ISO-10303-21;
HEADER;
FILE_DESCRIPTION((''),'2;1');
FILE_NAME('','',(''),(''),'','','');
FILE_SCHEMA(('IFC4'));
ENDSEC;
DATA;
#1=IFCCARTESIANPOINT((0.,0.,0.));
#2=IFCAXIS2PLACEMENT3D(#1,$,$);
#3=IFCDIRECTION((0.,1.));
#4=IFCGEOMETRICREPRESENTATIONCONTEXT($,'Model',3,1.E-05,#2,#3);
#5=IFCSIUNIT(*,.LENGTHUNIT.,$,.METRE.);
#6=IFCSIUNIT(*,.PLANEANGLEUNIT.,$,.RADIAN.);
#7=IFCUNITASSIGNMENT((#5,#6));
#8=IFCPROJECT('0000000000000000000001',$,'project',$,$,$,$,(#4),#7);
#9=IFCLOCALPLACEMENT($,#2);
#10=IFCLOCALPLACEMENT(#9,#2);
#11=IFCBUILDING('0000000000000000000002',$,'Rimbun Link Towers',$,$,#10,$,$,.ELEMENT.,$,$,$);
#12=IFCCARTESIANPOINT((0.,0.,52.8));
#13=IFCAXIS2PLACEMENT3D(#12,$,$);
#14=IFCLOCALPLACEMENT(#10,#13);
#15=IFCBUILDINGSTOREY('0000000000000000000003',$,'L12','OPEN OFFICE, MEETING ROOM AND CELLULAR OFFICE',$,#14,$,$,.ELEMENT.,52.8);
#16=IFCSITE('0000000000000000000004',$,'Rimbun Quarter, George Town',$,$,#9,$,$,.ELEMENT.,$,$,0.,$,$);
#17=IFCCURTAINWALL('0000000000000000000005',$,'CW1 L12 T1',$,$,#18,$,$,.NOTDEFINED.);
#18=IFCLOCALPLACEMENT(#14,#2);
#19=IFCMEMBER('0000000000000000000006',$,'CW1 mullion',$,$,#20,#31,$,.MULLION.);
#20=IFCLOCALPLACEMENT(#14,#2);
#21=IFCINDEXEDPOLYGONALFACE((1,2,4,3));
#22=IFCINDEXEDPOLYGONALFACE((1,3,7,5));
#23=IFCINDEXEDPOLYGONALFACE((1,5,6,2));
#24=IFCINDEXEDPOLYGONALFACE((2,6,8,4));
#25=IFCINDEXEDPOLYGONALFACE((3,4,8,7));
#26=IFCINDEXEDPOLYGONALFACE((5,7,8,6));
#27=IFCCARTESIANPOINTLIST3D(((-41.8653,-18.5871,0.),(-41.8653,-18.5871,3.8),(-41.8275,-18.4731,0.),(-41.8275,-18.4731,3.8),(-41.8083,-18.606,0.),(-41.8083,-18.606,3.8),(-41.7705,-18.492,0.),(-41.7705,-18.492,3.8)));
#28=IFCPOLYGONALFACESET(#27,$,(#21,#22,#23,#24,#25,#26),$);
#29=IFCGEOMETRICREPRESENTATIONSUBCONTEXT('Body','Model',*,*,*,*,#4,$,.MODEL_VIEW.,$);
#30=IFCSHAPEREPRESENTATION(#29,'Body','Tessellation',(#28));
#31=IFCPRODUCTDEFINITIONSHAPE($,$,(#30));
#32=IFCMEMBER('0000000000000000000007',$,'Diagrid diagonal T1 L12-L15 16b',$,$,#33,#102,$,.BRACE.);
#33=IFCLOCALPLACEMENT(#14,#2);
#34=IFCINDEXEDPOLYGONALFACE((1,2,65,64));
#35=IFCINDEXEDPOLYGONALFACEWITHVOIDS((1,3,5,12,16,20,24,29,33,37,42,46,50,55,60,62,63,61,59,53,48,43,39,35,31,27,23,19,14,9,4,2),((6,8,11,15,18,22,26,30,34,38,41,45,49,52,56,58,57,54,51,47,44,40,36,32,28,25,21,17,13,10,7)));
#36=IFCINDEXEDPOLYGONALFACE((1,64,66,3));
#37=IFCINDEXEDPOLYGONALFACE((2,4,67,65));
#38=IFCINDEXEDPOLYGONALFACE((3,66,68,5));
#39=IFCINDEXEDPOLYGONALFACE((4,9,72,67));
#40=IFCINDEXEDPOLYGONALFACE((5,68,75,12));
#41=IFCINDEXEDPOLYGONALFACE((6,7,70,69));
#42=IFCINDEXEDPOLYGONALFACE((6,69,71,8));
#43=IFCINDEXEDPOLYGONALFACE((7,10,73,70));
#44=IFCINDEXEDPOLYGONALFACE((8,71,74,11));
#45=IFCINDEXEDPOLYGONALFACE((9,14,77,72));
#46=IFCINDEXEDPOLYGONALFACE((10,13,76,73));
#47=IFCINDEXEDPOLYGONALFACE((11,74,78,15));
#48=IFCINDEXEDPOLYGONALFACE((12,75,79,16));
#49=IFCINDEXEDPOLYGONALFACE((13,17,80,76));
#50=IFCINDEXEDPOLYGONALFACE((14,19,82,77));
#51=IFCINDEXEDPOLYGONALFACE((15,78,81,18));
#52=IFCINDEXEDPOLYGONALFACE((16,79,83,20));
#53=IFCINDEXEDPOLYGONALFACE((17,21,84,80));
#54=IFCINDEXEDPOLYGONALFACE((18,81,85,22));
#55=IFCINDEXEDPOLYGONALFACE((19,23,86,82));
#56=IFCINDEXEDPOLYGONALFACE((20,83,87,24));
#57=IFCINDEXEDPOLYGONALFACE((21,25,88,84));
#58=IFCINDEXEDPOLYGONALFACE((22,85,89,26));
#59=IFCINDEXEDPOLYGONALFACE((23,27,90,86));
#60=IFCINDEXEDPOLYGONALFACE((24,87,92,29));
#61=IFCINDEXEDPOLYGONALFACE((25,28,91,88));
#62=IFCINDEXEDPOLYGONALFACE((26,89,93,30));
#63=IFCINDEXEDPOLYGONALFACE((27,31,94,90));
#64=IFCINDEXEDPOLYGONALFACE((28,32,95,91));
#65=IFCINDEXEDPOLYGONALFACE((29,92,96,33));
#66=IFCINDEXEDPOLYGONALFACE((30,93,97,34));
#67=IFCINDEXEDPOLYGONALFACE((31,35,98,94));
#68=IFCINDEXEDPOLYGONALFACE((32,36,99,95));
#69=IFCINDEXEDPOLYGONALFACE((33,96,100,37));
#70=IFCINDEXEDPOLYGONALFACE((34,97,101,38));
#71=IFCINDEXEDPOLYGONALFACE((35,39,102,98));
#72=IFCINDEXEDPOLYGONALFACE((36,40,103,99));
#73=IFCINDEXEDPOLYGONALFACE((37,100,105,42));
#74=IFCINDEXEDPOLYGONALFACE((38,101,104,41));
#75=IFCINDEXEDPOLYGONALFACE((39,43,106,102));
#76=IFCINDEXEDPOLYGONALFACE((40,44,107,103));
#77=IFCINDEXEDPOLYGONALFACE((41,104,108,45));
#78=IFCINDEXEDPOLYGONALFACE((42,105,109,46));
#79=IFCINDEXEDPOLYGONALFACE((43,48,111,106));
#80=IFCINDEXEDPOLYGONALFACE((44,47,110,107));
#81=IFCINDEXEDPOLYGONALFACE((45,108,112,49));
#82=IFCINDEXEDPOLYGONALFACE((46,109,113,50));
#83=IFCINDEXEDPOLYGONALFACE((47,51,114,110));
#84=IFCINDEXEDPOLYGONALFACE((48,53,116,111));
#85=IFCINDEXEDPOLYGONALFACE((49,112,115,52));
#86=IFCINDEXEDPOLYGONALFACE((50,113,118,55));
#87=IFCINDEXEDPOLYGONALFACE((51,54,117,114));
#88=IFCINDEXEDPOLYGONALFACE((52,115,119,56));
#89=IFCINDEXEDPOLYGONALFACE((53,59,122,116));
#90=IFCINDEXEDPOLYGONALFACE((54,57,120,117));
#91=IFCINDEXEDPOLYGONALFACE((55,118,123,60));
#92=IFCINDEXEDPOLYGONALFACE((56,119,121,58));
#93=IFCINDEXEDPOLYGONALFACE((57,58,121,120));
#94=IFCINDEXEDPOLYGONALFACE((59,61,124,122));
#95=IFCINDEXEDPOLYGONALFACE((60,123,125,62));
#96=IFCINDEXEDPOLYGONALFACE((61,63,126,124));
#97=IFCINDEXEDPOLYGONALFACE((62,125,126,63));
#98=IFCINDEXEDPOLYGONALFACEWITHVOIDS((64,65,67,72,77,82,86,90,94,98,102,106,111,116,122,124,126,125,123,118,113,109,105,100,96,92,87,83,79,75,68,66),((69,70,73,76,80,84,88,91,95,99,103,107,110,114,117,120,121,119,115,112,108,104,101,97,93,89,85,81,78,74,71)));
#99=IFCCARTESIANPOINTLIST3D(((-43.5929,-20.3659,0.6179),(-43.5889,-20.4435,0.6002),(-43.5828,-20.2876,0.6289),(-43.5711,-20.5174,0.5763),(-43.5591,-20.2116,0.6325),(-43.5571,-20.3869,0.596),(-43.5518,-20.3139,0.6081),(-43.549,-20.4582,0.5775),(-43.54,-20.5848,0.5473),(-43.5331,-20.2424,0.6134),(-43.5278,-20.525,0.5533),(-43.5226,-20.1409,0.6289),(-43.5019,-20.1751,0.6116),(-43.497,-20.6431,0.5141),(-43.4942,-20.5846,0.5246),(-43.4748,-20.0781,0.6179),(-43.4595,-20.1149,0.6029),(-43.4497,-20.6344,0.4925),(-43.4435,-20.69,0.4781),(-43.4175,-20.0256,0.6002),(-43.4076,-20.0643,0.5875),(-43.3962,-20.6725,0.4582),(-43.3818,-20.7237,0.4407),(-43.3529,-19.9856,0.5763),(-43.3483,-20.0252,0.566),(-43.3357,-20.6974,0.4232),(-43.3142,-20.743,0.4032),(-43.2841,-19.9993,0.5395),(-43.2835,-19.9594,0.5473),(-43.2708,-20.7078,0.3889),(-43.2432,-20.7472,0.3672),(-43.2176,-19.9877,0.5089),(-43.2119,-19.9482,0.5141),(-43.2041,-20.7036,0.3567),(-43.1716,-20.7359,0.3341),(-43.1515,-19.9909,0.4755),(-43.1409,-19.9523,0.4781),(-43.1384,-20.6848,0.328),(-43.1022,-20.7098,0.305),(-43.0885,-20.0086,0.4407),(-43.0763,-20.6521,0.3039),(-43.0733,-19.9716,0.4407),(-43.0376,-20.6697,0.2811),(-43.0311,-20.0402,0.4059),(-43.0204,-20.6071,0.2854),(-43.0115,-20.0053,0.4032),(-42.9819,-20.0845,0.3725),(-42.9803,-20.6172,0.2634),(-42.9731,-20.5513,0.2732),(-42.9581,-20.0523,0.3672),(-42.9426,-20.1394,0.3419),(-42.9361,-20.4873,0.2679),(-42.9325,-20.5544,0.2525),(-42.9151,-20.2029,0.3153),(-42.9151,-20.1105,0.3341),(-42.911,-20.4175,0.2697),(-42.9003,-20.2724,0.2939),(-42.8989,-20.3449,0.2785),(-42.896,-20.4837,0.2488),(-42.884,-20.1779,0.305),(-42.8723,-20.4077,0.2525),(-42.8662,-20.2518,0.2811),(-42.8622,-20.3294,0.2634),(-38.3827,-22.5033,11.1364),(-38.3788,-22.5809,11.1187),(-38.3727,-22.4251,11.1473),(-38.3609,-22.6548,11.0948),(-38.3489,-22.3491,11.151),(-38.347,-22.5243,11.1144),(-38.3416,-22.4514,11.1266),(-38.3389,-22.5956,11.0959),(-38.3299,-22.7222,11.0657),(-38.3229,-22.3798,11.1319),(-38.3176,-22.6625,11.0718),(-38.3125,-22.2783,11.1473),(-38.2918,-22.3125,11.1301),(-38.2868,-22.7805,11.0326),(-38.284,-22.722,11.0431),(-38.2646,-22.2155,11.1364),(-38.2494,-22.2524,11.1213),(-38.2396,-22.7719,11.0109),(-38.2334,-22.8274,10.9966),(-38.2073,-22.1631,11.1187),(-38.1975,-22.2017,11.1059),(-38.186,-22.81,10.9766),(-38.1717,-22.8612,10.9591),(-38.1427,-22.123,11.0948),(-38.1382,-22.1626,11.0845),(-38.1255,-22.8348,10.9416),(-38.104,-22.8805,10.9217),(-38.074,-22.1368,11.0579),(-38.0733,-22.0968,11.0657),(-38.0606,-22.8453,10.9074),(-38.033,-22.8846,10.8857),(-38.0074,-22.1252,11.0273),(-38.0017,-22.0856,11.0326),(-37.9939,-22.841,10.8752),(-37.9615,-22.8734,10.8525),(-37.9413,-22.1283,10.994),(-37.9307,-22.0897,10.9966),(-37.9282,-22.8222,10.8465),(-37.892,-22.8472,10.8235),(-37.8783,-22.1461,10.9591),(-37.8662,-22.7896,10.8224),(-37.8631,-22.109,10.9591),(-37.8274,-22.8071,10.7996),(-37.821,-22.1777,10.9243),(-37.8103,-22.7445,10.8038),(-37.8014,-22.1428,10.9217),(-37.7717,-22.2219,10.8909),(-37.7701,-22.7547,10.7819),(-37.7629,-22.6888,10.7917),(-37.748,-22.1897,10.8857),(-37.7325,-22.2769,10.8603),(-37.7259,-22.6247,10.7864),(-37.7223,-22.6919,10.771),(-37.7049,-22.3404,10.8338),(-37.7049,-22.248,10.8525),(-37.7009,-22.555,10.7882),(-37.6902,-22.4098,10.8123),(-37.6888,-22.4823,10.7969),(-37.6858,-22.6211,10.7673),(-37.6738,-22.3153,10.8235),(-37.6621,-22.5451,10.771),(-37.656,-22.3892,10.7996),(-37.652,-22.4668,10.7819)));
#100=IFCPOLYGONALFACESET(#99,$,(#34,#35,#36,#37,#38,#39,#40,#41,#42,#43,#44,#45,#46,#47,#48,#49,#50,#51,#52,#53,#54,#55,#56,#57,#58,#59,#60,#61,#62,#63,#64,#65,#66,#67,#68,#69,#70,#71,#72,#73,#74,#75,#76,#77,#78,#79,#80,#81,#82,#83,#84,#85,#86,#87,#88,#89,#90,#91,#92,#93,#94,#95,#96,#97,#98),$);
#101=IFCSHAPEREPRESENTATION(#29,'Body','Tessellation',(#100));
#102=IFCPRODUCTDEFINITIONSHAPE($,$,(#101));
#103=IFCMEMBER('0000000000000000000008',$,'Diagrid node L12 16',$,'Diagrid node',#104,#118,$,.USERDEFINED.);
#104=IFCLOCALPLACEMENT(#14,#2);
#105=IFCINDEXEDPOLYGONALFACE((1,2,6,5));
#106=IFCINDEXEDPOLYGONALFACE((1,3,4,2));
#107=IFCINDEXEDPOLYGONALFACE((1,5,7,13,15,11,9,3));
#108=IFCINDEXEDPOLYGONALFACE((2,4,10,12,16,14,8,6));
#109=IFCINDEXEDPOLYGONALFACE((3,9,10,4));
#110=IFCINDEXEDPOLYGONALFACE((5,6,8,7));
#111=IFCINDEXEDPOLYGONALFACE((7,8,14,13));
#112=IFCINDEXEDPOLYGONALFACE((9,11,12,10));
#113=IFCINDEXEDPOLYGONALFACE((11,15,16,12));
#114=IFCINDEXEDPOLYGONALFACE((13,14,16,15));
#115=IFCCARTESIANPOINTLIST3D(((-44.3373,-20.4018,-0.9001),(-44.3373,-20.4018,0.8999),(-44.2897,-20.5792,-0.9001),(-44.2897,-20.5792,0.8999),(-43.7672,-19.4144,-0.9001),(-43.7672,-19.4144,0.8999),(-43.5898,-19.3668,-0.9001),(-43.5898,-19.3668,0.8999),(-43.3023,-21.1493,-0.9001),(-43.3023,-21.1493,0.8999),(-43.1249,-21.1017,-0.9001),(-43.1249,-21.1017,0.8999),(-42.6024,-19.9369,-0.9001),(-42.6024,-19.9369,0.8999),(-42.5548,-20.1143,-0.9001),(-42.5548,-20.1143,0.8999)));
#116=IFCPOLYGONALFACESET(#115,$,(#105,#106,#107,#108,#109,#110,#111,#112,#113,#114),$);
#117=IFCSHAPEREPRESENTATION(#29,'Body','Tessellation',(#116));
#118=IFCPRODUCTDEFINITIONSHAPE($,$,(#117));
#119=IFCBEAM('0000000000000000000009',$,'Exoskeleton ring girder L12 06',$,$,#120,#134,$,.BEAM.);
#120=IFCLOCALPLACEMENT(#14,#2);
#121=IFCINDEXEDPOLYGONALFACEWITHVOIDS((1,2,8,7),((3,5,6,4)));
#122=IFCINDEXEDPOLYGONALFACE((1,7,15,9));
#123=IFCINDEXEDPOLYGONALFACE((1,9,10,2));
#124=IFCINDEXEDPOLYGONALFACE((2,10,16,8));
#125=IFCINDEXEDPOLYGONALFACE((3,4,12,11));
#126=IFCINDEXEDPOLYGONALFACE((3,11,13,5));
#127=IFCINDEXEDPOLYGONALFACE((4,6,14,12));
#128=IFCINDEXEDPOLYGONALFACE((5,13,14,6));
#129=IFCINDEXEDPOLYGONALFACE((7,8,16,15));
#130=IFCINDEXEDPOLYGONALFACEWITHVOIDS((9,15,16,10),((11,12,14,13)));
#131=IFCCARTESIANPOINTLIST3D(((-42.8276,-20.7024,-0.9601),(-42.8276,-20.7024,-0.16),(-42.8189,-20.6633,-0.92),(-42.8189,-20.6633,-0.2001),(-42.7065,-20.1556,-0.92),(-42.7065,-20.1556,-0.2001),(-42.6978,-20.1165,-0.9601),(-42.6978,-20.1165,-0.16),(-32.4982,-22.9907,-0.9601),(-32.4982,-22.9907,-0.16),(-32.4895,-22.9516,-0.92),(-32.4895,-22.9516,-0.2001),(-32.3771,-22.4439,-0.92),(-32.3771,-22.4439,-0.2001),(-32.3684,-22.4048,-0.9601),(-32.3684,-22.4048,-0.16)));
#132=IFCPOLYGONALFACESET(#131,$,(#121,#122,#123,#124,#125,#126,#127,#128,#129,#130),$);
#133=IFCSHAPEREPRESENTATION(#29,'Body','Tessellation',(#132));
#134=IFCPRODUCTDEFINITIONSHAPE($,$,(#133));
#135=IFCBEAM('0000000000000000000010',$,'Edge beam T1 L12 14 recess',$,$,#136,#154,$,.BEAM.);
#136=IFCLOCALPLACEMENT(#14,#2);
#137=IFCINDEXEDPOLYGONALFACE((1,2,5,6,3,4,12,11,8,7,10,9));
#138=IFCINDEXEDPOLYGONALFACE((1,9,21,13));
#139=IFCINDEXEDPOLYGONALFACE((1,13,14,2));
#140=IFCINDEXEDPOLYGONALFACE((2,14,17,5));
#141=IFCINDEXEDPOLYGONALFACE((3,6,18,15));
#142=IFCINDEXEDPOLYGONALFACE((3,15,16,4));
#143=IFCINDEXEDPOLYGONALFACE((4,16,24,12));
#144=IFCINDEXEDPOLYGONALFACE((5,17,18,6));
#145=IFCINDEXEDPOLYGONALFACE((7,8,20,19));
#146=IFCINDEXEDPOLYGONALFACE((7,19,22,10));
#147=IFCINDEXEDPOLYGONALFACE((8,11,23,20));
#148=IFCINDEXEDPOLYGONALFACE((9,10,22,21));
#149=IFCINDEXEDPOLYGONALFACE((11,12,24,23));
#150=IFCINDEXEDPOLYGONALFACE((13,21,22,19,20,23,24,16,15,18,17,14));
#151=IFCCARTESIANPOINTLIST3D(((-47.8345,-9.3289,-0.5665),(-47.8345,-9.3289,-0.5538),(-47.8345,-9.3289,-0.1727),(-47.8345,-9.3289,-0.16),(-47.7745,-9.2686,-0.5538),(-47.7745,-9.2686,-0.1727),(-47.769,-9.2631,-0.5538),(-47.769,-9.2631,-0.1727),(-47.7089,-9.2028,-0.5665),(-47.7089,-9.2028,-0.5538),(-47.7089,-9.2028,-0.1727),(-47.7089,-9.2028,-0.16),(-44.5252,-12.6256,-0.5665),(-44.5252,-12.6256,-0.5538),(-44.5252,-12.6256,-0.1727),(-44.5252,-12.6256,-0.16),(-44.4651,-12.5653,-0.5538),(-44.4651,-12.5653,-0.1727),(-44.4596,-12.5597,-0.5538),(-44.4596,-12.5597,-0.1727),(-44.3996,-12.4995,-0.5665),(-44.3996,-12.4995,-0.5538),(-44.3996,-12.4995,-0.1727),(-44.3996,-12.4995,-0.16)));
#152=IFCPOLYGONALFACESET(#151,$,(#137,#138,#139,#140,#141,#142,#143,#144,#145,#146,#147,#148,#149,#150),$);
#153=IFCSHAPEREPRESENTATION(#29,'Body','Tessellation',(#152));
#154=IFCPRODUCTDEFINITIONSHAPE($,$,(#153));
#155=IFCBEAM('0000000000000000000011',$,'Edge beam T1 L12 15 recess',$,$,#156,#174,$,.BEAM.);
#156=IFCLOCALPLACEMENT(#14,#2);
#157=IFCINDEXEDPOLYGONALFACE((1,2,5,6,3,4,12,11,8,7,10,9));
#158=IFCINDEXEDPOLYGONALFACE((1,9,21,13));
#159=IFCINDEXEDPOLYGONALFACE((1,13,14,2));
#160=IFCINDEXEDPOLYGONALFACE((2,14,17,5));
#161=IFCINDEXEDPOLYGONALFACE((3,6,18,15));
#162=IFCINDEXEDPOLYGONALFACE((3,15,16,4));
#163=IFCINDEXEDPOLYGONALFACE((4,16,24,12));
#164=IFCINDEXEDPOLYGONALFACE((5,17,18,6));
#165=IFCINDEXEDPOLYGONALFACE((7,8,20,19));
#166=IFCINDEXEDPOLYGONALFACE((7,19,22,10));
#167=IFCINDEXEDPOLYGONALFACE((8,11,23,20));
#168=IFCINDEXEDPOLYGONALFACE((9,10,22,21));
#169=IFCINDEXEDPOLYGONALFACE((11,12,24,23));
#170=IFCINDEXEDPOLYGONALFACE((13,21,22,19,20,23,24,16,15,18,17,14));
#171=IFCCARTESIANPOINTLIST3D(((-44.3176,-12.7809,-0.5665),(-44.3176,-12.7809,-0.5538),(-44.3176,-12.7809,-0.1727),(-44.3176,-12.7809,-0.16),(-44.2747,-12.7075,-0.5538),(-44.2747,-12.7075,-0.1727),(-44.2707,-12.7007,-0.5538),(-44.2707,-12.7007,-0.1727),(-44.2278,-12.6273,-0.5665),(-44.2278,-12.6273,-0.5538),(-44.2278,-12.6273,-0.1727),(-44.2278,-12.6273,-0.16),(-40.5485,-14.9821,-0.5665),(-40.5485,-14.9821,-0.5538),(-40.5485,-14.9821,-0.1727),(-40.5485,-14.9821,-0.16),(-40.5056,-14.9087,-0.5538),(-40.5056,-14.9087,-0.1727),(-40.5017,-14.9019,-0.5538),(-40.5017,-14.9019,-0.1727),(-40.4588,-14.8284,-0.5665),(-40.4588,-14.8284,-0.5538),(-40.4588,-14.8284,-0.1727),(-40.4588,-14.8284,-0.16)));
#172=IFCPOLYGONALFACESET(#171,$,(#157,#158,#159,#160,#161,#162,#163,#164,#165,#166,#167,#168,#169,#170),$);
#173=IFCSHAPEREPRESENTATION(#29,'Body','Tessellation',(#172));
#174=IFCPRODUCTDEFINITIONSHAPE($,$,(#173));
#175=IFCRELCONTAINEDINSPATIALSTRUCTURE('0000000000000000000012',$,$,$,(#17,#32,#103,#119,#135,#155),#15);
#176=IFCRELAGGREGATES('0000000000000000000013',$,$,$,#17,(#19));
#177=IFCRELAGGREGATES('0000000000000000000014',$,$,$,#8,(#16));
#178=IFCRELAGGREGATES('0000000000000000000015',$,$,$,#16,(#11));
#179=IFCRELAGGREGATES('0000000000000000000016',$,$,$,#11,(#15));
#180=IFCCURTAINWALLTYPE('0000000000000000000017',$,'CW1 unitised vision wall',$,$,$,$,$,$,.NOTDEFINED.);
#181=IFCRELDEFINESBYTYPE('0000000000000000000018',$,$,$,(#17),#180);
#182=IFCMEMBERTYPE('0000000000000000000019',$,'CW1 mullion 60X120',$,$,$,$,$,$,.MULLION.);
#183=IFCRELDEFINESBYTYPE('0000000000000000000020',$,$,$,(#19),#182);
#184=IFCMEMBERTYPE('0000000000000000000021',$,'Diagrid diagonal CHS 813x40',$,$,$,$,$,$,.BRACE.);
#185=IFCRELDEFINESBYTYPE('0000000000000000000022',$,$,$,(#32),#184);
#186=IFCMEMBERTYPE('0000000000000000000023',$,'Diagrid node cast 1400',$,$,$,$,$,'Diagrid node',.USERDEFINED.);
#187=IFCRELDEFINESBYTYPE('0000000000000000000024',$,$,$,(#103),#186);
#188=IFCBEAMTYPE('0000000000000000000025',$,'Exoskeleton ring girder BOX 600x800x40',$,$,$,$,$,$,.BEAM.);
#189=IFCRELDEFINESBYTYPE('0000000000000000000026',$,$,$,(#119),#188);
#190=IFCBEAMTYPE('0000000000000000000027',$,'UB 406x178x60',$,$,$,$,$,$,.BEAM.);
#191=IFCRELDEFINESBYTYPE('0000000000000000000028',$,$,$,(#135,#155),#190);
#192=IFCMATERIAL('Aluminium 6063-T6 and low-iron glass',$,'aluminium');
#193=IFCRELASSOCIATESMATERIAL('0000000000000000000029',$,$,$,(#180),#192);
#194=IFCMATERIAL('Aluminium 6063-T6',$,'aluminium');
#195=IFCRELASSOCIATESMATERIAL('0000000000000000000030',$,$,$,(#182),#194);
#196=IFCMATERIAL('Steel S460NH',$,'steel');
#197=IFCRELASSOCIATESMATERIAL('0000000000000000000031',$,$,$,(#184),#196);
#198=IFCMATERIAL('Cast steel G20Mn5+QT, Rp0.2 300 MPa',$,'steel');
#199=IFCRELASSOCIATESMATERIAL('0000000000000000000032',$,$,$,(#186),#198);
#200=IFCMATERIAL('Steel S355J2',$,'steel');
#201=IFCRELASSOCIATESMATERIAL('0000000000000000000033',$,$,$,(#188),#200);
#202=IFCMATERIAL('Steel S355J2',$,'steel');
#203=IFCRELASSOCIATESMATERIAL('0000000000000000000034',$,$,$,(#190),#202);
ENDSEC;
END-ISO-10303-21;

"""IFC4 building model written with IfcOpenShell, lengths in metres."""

from ifc_helpers import new_model, si_unit, direction, frame, origin, origin_2d, place, context, subcontext, project, spatial, polyline, rectangle, hollow_rectangle, hollow_circle, i_section, outline, extrude, material, material_profile, profile_set, type_object, element, aggregate, save


model = new_model("IFC4")

# Units and contexts
model_context = context("Model", 3, precision=1e-05, world=origin(), true_north=direction((0.0, 1.0)))
body_context = subcontext(model_context, "Body", "Model", "MODEL_VIEW")
ifc_project = project(units=[si_unit("LENGTHUNIT", "METRE"), si_unit("PLANEANGLEUNIT", "RADIAN")], contexts=[model_context])

# Site, building, storey
site_placement = place(None, origin())
site = spatial("IfcSite", under=ifc_project, at=site_placement, Name="Rimbun Quarter, George Town", CompositionType="ELEMENT", RefElevation=0.0)
building_placement = place(site_placement, origin())
building = spatial("IfcBuilding", under=site, at=building_placement, Name="Rimbun Link Towers", CompositionType="ELEMENT")
storey_placement = place(building_placement, frame((0.0, 0.0, 52.8)))
storey = spatial("IfcBuildingStorey", under=building, at=storey_placement, Name="L12", Description="OPEN OFFICE, MEETING ROOM AND CELLULAR OFFICE", CompositionType="ELEMENT", Elevation=52.8)

# Curtain wall, member
ifc_material_1 = material(Name="Aluminium 6063-T6 and low-iron glass", Category="aluminium")
curtain_wall_type = type_object("IfcCurtainWallType", Name="CW1 unitised vision wall", PredefinedType="NOTDEFINED", material=ifc_material_1)
curtain_wall_placement = place(storey_placement, origin())
curtain_wall = element("IfcCurtainWall", 1, at=curtain_wall_placement, inside=storey, type_object=curtain_wall_type, Name="CW1 L12 T1", PredefinedType="NOTDEFINED")
ifc_material_2 = material(Name="Aluminium 6063-T6", Category="aluminium")
ifc_material_profile_1 = material_profile(ifc_material_2, rectangle(XDim=0.1201, YDim=0.0601, at=origin_2d()), Name="MULLION 60X120")
ifc_profile_set_1 = profile_set([ifc_material_profile_1], Name="Aluminium 6063-T6")
member_type_1 = type_object("IfcMemberType", Name="CW1 mullion 60X120", PredefinedType="MULLION", material=ifc_profile_set_1)
member_1_placement = place(storey_placement, frame((-41.8179, -18.5396, 0.0), z_axis=(0.0, 0.0, 1.0), x_axis=(-0.314563, -0.949236, 0.0)))
member_1 = element("IfcMember", 2, at=member_1_placement, type_object=member_type_1, Name="CW1 mullion", PredefinedType="MULLION", context=body_context, shape_type="SweptSolid", body=[
    extrude(rectangle(XDim=0.1201, YDim=0.0601, at=origin_2d()), origin(), (0.0, 0.0, 1.0), 3.8),
])
aggregate(curtain_wall, [member_1])

# Members
ifc_material_3 = material(Name="Steel S460NH", Category="steel")
ifc_material_profile_2 = material_profile(ifc_material_3, hollow_circle(Radius=0.4065, WallThickness=0.04, at=origin_2d()), Name="Diagrid diagonal CHS 813x40")
ifc_profile_set_2 = profile_set([ifc_material_profile_2], Name="Steel S460NH")
member_type_2 = type_object("IfcMemberType", Name="Diagrid diagonal CHS 813x40", PredefinedType="BRACE", material=ifc_profile_set_2)
member_2_placement = place(storey_placement, frame((-43.2275, -20.3477, 0.4407), z_axis=(0.436685, -0.179147, 0.881596), x_axis=(0.379546, 0.925173, 0.0)))
element("IfcMember", 3, at=member_2_placement, inside=storey, type_object=member_type_2, Name="Diagrid diagonal T1 L12-L15 16b", PredefinedType="BRACE", context=body_context, shape_type="SweptSolid", body=[
    extrude(hollow_circle(Radius=0.4065, WallThickness=0.04, at=origin_2d()), origin(), (0.0, 0.0, 1.0), 11.9312),
])
ifc_material_4 = material(Name="Cast steel G20Mn5+QT, Rp0.2 300 MPa", Category="steel")
ifc_material_profile_3 = material_profile(ifc_material_4, outline(polyline([(0.7, -0.5701), (0.7, 0.5701), (0.5701, 0.7), (-0.5701, 0.7), (-0.7, 0.5701), (-0.7, -0.5701), (-0.5701, -0.7), (0.5701, -0.7), (0.7, -0.5701)])), Name="NODE 1400x1400")
ifc_profile_set_3 = profile_set([ifc_material_profile_3], Name="Cast steel G20Mn5+QT, Rp0.2 300 MPa")
member_type_3 = type_object("IfcMemberType", Name="Diagrid node cast 1400", ElementType="Diagrid node", PredefinedType="USERDEFINED", material=ifc_profile_set_3)
member_3_placement = place(storey_placement, frame((-43.446, -20.2581, -0.9001), z_axis=(0.0, 0.0, 1.0), x_axis=(-0.5, -0.866025, 0.0)))
element("IfcMember", 4, at=member_3_placement, inside=storey, type_object=member_type_3, Name="Diagrid node L12 16", ObjectType="Diagrid node", PredefinedType="USERDEFINED", context=body_context, shape_type="SweptSolid", body=[
    extrude(outline(polyline([(0.7, -0.5701), (0.7, 0.5701), (0.5701, 0.7), (-0.5701, 0.7), (-0.7, 0.5701), (-0.7, -0.5701), (-0.5701, -0.7), (0.5701, -0.7), (0.7, -0.5701)])), origin(), (0.0, 0.0, 1.0), 1.8),
])

# Beam
ifc_material_5 = material(Name="Steel S355J2", Category="steel")
ifc_material_profile_4 = material_profile(ifc_material_5, hollow_rectangle(XDim=0.6001, YDim=0.8, WallThickness=0.04, at=origin_2d()), Name="Exoskeleton ring girder BOX 600x800x40")
ifc_profile_set_4 = profile_set([ifc_material_profile_4], Name="Steel S355J2")
beam_type_1 = type_object("IfcBeamType", Name="Exoskeleton ring girder BOX 600x800x40", PredefinedType="BEAM", material=ifc_profile_set_4)
beam_1_placement = place(storey_placement, frame((-42.7627, -20.4094, -0.5601), z_axis=(0.976329, -0.216293, 0.0), x_axis=(0.216293, 0.976329, 0.0)))
element("IfcBeam", 5, at=beam_1_placement, inside=storey, type_object=beam_type_1, Name="Exoskeleton ring girder L12 06", PredefinedType="BEAM", context=body_context, shape_type="SweptSolid", body=[
    extrude(hollow_rectangle(XDim=0.6001, YDim=0.8, WallThickness=0.04, at=origin_2d()), origin(), (0.0, 0.0, 1.0), 10.5798),
])

# Beams
ifc_material_6 = material(Name="Steel S355J2", Category="steel")
ifc_material_profile_5 = material_profile(ifc_material_6, i_section(OverallWidth=0.178, OverallDepth=0.4065, WebThickness=0.0078, FlangeThickness=0.0127, at=origin_2d()), Name="UB 406x178x60")
ifc_profile_set_5 = profile_set([ifc_material_profile_5], Name="Steel S355J2")
beam_type_2 = type_object("IfcBeamType", Name="UB 406x178x60", PredefinedType="BEAM", material=ifc_profile_set_5)
beam_2_placement = place(storey_placement, frame((-47.7717, -9.2659, -0.3633), z_axis=(0.708464, -0.705747, 0.0), x_axis=(0.705747, 0.708464, 0.0)))
element("IfcBeam", 6, at=beam_2_placement, inside=storey, type_object=beam_type_2, Name="Edge beam T1 L12 14 recess", PredefinedType="BEAM", context=body_context, shape_type="SweptSolid", body=[
    extrude(i_section(OverallWidth=0.178, OverallDepth=0.4065, WebThickness=0.0078, FlangeThickness=0.0127, at=origin_2d()), origin(), (0.0, 0.0, 1.0), 4.6711),
])
beam_3_placement = place(storey_placement, frame((-44.2727, -12.7041, -0.3633), z_axis=(0.863523, -0.504309, 0.0), x_axis=(0.504309, 0.863523, 0.0)))
element("IfcBeam", 7, at=beam_3_placement, inside=storey, type_object=beam_type_2, Name="Edge beam T1 L12 15 recess", PredefinedType="BEAM", context=body_context, shape_type="SweptSolid", body=[
    extrude(i_section(OverallWidth=0.178, OverallDepth=0.4065, WebThickness=0.0078, FlangeThickness=0.0127, at=origin_2d()), origin(), (0.0, 0.0, 1.0), 4.3647),
])

save(model, "model.ifc")
